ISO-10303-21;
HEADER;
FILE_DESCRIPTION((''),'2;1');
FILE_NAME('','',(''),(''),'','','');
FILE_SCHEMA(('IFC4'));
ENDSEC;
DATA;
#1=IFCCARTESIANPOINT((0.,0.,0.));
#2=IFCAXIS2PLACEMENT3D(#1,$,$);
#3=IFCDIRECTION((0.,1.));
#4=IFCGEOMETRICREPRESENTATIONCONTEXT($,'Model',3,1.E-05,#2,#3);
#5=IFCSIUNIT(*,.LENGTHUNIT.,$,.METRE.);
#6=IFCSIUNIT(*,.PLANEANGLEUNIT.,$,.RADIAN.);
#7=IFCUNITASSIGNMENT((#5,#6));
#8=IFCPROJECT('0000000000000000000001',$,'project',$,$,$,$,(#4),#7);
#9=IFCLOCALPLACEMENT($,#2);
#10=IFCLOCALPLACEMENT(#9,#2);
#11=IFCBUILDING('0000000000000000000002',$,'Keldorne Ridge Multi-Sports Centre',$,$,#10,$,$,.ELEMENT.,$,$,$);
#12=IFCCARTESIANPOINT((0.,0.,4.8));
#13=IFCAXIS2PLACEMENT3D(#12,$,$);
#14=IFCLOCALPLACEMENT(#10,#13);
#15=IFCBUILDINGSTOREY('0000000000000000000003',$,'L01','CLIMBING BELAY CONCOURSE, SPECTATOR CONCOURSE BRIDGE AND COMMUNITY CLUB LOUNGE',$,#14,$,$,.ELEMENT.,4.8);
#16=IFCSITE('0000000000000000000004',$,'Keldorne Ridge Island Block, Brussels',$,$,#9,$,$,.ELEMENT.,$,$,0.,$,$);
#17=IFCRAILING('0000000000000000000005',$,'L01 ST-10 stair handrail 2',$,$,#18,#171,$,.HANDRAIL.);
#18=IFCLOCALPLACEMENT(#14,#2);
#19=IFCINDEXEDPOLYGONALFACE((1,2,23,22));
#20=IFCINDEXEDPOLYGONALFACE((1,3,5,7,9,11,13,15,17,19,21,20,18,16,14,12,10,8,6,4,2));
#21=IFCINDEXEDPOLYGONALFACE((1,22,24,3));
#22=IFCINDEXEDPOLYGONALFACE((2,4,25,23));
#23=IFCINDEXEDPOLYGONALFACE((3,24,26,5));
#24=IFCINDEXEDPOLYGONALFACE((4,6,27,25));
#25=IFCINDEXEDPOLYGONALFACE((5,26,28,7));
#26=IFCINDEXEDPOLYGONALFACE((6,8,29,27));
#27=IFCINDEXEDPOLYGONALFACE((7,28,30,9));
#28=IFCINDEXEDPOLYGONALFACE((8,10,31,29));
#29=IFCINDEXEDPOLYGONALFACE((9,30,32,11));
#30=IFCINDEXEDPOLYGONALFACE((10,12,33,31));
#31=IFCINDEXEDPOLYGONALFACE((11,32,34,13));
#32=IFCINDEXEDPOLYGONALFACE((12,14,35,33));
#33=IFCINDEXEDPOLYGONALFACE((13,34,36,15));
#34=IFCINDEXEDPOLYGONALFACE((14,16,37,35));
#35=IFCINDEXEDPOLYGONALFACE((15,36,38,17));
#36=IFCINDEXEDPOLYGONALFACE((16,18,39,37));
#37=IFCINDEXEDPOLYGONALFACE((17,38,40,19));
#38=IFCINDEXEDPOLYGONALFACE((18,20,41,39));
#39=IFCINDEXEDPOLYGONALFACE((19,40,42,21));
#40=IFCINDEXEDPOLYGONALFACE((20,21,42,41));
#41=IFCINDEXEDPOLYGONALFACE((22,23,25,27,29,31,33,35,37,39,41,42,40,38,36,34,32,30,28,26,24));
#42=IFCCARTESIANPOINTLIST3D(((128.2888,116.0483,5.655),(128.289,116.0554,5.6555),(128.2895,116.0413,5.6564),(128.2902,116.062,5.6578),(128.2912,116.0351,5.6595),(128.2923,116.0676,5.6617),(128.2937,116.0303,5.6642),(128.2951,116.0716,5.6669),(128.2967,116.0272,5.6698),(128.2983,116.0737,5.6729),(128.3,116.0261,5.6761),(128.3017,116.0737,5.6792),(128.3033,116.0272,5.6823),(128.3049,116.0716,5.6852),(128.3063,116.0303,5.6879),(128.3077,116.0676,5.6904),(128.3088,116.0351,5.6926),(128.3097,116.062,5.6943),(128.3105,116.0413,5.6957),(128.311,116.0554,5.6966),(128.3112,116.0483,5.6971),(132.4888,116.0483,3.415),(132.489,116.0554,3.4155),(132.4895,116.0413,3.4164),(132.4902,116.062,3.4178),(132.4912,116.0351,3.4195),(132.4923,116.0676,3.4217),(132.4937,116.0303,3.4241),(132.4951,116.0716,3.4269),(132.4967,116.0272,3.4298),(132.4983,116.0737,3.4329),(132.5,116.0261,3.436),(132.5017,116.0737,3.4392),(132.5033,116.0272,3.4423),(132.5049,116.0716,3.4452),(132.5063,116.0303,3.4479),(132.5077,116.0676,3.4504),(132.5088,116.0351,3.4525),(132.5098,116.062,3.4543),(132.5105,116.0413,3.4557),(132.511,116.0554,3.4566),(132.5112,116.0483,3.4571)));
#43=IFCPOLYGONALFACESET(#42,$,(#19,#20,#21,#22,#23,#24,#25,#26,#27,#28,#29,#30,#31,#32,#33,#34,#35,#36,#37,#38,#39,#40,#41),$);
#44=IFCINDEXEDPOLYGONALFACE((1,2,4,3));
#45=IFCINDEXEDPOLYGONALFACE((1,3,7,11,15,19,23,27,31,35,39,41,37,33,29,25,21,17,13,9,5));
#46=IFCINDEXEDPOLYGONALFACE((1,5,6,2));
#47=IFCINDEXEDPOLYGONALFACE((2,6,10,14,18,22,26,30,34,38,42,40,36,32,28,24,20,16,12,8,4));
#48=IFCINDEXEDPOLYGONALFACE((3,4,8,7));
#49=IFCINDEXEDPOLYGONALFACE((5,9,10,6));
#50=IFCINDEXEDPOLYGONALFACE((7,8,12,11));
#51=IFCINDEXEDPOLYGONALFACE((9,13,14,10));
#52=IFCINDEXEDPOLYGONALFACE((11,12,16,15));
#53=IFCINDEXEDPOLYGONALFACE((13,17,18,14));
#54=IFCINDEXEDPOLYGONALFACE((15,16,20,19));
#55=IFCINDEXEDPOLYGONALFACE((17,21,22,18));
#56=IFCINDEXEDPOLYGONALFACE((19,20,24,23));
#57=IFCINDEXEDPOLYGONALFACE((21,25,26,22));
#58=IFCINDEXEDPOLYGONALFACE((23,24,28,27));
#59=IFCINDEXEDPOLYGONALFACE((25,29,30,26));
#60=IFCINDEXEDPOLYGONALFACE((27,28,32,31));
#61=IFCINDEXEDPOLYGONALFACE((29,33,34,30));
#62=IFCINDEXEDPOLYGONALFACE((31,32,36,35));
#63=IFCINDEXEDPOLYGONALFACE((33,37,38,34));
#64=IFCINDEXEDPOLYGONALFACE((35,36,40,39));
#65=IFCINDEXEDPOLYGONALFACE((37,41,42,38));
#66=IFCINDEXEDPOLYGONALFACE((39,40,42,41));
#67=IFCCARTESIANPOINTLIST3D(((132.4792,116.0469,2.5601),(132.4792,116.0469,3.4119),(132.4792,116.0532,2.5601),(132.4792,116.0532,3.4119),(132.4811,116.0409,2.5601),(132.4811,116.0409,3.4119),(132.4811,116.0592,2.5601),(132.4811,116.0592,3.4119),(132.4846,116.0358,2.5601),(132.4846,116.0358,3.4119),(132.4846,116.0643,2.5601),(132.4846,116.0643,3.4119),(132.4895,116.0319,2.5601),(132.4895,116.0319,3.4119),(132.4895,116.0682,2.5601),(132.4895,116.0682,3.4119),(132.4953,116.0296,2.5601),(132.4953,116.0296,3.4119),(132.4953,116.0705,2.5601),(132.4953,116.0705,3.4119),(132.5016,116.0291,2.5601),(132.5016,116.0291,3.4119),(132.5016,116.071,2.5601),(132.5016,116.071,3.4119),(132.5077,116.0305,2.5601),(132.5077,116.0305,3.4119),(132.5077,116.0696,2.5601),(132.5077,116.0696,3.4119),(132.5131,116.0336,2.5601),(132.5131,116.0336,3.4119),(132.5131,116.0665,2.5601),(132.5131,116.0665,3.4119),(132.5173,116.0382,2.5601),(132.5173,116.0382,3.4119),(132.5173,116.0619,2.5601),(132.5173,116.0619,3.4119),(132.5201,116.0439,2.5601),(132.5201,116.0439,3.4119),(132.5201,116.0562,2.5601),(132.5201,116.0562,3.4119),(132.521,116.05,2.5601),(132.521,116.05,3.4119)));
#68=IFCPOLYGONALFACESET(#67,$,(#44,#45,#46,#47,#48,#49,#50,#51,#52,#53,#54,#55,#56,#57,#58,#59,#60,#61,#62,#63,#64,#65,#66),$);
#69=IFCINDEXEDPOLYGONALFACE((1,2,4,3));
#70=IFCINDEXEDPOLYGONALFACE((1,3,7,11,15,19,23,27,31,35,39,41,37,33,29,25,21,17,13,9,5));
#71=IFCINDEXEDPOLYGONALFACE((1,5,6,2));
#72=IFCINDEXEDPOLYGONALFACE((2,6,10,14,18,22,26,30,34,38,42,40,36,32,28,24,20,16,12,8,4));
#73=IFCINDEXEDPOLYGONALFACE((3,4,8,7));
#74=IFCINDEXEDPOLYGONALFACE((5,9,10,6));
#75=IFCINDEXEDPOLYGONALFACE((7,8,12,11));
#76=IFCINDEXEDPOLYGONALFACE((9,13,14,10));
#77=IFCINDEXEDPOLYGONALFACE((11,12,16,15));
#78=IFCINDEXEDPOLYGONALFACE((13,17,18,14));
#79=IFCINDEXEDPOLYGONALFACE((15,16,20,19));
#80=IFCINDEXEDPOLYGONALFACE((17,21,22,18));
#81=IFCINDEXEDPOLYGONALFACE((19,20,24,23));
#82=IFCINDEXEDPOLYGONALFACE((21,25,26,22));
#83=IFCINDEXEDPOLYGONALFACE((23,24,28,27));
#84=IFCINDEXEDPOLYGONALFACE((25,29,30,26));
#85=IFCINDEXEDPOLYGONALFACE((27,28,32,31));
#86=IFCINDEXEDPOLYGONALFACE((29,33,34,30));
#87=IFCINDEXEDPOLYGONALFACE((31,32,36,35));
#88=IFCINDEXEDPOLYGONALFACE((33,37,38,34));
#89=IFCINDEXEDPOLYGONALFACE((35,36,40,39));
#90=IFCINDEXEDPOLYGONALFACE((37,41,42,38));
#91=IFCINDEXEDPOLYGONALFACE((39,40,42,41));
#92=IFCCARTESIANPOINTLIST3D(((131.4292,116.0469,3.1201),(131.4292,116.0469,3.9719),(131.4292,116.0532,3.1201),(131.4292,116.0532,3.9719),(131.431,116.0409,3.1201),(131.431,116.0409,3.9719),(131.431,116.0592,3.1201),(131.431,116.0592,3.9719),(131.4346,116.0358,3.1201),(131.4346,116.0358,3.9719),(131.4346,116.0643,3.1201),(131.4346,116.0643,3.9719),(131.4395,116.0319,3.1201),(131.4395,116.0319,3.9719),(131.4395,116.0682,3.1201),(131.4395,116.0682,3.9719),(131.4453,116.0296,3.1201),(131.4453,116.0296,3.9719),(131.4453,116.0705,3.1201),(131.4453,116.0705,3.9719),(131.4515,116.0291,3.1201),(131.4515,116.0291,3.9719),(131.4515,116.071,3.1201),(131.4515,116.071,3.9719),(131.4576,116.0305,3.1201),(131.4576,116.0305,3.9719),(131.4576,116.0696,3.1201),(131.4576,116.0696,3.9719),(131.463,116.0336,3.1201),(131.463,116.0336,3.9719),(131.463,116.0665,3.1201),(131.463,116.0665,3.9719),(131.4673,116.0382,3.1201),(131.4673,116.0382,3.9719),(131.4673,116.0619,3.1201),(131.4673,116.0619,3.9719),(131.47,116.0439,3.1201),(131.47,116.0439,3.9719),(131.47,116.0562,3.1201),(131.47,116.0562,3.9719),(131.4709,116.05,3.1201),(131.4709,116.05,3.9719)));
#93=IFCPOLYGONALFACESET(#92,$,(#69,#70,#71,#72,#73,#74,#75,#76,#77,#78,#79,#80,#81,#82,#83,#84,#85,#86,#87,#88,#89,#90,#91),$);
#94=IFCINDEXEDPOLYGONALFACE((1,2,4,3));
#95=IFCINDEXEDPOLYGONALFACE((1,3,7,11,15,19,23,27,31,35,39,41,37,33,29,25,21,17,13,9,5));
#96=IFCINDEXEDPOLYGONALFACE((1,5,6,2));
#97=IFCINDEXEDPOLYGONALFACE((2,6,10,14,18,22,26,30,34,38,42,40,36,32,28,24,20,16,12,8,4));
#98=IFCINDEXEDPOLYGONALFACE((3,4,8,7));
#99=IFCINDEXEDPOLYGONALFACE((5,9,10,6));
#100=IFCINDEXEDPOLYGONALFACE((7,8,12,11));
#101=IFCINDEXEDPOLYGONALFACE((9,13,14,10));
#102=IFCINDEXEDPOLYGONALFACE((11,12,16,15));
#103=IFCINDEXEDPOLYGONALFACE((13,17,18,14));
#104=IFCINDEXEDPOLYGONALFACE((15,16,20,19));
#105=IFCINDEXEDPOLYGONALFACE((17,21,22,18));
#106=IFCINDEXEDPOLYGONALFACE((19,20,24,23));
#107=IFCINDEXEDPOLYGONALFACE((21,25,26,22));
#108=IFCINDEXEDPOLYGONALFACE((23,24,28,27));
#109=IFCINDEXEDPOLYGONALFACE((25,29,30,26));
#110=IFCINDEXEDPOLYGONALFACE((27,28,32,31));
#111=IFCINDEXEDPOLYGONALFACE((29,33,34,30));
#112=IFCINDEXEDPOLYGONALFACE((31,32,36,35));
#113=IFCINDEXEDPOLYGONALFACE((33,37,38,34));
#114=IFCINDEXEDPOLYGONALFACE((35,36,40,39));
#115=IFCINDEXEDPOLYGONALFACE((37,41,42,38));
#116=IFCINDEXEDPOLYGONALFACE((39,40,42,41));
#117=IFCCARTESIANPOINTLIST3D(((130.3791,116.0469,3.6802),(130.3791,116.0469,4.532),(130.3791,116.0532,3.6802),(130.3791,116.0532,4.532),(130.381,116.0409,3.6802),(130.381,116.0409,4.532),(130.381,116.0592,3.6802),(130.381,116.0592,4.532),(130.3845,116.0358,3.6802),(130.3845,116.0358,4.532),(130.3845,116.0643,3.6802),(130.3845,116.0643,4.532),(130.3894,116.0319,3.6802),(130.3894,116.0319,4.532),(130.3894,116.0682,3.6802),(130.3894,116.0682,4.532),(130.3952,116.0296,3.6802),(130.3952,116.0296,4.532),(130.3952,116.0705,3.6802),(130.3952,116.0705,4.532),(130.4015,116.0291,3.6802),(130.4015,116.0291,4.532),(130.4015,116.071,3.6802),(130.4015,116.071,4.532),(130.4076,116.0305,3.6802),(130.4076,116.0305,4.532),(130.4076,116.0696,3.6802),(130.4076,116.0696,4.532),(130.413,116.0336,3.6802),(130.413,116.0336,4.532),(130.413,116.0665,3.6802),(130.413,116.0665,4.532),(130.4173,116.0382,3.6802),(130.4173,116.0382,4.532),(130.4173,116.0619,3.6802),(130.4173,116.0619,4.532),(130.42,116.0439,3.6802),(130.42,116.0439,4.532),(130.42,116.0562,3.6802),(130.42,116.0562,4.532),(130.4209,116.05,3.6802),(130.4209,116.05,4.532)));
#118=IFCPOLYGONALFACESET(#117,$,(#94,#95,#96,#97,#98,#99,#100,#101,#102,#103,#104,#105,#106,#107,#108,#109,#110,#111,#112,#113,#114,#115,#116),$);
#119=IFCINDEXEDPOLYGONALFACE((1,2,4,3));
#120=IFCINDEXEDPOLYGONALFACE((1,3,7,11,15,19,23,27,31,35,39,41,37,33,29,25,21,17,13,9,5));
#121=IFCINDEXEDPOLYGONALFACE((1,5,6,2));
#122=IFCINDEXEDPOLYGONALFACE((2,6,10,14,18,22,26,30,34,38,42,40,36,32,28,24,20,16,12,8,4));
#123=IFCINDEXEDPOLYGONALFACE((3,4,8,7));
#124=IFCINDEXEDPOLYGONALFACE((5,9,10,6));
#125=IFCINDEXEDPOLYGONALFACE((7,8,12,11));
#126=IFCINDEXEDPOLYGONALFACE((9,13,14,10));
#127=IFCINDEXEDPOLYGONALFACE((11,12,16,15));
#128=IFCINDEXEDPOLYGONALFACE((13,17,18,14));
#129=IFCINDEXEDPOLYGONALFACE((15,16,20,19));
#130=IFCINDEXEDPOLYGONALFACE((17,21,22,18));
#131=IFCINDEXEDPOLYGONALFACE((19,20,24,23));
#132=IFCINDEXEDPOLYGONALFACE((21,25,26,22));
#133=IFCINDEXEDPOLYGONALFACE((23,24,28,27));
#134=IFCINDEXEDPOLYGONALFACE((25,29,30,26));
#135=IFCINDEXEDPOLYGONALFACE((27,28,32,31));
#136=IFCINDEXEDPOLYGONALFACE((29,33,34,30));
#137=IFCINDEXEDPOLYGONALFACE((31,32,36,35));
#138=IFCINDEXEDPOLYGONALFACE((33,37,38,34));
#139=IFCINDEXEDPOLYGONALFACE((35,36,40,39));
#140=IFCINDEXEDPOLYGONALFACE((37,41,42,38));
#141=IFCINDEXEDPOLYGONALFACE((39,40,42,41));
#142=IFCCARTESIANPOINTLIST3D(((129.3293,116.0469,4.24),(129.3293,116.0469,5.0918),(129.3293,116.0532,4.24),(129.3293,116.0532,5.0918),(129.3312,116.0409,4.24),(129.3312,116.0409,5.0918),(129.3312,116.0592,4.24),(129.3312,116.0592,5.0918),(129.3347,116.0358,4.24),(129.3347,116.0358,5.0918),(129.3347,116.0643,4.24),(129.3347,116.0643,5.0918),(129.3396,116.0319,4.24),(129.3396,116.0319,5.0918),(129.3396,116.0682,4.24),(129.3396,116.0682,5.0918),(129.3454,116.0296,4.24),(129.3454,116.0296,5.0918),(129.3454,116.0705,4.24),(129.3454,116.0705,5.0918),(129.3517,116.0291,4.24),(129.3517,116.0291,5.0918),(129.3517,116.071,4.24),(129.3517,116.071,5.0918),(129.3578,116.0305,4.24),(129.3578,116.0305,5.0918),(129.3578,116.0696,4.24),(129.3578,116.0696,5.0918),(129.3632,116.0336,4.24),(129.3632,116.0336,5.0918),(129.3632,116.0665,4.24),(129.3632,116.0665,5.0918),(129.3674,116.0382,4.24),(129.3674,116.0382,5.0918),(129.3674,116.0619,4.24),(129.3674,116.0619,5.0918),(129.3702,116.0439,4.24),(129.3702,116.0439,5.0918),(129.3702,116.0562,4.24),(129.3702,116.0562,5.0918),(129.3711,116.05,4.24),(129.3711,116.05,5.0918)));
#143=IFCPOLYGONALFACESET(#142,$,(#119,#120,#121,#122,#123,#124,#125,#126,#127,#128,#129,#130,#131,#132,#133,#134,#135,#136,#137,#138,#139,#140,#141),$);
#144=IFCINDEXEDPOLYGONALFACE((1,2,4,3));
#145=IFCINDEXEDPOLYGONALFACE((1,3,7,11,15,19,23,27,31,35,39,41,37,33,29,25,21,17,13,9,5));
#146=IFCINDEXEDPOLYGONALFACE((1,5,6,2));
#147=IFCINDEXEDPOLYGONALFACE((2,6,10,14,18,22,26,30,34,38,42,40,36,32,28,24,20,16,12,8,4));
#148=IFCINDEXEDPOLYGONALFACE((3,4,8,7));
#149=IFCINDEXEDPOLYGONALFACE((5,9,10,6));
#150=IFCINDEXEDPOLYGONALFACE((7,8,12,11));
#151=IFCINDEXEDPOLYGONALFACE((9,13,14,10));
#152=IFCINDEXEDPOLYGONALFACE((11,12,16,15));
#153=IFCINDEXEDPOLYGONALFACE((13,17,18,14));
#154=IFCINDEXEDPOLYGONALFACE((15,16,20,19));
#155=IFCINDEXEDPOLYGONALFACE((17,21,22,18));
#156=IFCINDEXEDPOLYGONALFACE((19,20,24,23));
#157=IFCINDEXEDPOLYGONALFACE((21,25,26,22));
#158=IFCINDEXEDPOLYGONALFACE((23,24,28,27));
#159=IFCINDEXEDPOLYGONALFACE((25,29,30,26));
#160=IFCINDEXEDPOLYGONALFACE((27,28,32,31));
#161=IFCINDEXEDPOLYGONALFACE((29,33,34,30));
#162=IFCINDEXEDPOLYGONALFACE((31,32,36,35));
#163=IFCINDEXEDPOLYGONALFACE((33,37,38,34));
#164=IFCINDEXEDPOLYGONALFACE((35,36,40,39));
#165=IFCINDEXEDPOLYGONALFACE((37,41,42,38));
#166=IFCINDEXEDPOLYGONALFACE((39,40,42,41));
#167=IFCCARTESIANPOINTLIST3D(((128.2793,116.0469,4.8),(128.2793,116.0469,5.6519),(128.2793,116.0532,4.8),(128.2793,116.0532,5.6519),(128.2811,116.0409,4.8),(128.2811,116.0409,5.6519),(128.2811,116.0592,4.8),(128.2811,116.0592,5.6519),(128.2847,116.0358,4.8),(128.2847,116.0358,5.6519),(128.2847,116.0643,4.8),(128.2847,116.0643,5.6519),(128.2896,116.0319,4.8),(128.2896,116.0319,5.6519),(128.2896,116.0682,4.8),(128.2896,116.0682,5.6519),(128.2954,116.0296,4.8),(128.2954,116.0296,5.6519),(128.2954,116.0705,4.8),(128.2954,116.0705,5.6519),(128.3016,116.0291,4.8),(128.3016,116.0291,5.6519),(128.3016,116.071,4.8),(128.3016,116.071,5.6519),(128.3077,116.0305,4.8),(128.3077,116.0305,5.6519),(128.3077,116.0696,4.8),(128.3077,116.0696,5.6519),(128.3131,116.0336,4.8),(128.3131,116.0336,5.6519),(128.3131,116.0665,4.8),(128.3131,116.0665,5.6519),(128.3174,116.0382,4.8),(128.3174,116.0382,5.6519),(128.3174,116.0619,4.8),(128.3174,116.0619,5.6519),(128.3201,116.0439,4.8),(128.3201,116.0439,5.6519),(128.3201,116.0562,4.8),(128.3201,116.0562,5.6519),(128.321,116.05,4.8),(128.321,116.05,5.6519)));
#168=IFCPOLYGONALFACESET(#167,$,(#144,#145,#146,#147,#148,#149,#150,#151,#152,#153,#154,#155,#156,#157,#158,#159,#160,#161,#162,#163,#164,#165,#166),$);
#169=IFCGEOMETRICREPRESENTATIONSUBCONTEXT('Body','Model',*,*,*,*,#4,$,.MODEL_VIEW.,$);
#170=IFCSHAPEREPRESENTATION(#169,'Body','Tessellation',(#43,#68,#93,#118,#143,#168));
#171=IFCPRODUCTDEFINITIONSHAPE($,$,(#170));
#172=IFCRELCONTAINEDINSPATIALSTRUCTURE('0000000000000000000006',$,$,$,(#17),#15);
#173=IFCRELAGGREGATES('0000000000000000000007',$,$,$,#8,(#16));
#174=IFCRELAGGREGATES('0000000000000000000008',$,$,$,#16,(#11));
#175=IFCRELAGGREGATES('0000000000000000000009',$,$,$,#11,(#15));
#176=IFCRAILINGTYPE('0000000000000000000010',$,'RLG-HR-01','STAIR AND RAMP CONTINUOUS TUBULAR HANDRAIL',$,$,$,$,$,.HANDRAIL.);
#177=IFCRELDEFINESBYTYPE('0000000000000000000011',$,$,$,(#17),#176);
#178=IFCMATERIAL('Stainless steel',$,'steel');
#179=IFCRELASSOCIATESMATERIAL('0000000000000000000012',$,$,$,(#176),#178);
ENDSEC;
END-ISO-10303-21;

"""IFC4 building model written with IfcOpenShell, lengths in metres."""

from ifc_helpers import new_model, si_unit, direction, frame, origin, origin_2d, place, context, subcontext, project, spatial, circle, extrude, material, type_object, element, save


model = new_model("IFC4")

# Units and contexts
model_context = context("Model", 3, precision=1e-05, world=origin(), true_north=direction((0.0, 1.0)))
body_context = subcontext(model_context, "Body", "Model", "MODEL_VIEW")
ifc_project = project(units=[si_unit("LENGTHUNIT", "METRE"), si_unit("PLANEANGLEUNIT", "RADIAN")], contexts=[model_context])

# Site, building, storey
site_placement = place(None, origin())
site = spatial("IfcSite", under=ifc_project, at=site_placement, Name="Keldorne Ridge Island Block, Brussels", CompositionType="ELEMENT", RefElevation=0.0)
building_placement = place(site_placement, origin())
building = spatial("IfcBuilding", under=site, at=building_placement, Name="Keldorne Ridge Multi-Sports Centre", CompositionType="ELEMENT")
storey_placement = place(building_placement, frame((0.0, 0.0, 4.8)))
storey = spatial("IfcBuildingStorey", under=building, at=storey_placement, Name="L01", Description="CLIMBING BELAY CONCOURSE, SPECTATOR CONCOURSE BRIDGE AND COMMUNITY CLUB LOUNGE", CompositionType="ELEMENT", Elevation=4.8)

# Railing
ifc_material_1 = material(Name="Stainless steel", Category="steel")
railing_type_1 = type_object("IfcRailingType", Name="RLG-HR-01", Description="STAIR AND RAMP CONTINUOUS TUBULAR HANDRAIL", PredefinedType="HANDRAIL", material=ifc_material_1)
railing_1_placement = place(storey_placement, frame((132.5, 116.05, 2.5601)))
element("IfcRailing", 1, at=railing_1_placement, inside=storey, type_object=railing_type_1, Name="L01 ST-10 stair handrail 2", PredefinedType="HANDRAIL", context=body_context, shape_type="SweptSolid", body=[
    extrude(circle(Radius=0.0239, at=origin_2d()), frame((0.0, 0.0, 0.876), z_axis=(-0.882352, 0.0, 0.470591), x_axis=(0.0, -1.0, 0.0)), (0.0, 0.0, 1.0), 4.76),
    extrude(circle(Radius=0.021, at=origin_2d()), origin(), (0.0, 0.0, 1.0), 0.8518),
    extrude(circle(Radius=0.021, at=origin_2d()), frame((-1.05, 0.0, 0.5601)), (0.0, 0.0, 1.0), 0.8518),
    extrude(circle(Radius=0.021, at=origin_2d()), frame((-2.1001, 0.0, 1.1201)), (0.0, 0.0, 1.0), 0.8518),
    extrude(circle(Radius=0.021, at=origin_2d()), frame((-3.1499, 0.0, 1.6799)), (0.0, 0.0, 1.0), 0.8518),
    extrude(circle(Radius=0.021, at=origin_2d()), frame((-4.2, 0.0, 2.24)), (0.0, 0.0, 1.0), 0.8518),
])

save(model, "model.ifc")
